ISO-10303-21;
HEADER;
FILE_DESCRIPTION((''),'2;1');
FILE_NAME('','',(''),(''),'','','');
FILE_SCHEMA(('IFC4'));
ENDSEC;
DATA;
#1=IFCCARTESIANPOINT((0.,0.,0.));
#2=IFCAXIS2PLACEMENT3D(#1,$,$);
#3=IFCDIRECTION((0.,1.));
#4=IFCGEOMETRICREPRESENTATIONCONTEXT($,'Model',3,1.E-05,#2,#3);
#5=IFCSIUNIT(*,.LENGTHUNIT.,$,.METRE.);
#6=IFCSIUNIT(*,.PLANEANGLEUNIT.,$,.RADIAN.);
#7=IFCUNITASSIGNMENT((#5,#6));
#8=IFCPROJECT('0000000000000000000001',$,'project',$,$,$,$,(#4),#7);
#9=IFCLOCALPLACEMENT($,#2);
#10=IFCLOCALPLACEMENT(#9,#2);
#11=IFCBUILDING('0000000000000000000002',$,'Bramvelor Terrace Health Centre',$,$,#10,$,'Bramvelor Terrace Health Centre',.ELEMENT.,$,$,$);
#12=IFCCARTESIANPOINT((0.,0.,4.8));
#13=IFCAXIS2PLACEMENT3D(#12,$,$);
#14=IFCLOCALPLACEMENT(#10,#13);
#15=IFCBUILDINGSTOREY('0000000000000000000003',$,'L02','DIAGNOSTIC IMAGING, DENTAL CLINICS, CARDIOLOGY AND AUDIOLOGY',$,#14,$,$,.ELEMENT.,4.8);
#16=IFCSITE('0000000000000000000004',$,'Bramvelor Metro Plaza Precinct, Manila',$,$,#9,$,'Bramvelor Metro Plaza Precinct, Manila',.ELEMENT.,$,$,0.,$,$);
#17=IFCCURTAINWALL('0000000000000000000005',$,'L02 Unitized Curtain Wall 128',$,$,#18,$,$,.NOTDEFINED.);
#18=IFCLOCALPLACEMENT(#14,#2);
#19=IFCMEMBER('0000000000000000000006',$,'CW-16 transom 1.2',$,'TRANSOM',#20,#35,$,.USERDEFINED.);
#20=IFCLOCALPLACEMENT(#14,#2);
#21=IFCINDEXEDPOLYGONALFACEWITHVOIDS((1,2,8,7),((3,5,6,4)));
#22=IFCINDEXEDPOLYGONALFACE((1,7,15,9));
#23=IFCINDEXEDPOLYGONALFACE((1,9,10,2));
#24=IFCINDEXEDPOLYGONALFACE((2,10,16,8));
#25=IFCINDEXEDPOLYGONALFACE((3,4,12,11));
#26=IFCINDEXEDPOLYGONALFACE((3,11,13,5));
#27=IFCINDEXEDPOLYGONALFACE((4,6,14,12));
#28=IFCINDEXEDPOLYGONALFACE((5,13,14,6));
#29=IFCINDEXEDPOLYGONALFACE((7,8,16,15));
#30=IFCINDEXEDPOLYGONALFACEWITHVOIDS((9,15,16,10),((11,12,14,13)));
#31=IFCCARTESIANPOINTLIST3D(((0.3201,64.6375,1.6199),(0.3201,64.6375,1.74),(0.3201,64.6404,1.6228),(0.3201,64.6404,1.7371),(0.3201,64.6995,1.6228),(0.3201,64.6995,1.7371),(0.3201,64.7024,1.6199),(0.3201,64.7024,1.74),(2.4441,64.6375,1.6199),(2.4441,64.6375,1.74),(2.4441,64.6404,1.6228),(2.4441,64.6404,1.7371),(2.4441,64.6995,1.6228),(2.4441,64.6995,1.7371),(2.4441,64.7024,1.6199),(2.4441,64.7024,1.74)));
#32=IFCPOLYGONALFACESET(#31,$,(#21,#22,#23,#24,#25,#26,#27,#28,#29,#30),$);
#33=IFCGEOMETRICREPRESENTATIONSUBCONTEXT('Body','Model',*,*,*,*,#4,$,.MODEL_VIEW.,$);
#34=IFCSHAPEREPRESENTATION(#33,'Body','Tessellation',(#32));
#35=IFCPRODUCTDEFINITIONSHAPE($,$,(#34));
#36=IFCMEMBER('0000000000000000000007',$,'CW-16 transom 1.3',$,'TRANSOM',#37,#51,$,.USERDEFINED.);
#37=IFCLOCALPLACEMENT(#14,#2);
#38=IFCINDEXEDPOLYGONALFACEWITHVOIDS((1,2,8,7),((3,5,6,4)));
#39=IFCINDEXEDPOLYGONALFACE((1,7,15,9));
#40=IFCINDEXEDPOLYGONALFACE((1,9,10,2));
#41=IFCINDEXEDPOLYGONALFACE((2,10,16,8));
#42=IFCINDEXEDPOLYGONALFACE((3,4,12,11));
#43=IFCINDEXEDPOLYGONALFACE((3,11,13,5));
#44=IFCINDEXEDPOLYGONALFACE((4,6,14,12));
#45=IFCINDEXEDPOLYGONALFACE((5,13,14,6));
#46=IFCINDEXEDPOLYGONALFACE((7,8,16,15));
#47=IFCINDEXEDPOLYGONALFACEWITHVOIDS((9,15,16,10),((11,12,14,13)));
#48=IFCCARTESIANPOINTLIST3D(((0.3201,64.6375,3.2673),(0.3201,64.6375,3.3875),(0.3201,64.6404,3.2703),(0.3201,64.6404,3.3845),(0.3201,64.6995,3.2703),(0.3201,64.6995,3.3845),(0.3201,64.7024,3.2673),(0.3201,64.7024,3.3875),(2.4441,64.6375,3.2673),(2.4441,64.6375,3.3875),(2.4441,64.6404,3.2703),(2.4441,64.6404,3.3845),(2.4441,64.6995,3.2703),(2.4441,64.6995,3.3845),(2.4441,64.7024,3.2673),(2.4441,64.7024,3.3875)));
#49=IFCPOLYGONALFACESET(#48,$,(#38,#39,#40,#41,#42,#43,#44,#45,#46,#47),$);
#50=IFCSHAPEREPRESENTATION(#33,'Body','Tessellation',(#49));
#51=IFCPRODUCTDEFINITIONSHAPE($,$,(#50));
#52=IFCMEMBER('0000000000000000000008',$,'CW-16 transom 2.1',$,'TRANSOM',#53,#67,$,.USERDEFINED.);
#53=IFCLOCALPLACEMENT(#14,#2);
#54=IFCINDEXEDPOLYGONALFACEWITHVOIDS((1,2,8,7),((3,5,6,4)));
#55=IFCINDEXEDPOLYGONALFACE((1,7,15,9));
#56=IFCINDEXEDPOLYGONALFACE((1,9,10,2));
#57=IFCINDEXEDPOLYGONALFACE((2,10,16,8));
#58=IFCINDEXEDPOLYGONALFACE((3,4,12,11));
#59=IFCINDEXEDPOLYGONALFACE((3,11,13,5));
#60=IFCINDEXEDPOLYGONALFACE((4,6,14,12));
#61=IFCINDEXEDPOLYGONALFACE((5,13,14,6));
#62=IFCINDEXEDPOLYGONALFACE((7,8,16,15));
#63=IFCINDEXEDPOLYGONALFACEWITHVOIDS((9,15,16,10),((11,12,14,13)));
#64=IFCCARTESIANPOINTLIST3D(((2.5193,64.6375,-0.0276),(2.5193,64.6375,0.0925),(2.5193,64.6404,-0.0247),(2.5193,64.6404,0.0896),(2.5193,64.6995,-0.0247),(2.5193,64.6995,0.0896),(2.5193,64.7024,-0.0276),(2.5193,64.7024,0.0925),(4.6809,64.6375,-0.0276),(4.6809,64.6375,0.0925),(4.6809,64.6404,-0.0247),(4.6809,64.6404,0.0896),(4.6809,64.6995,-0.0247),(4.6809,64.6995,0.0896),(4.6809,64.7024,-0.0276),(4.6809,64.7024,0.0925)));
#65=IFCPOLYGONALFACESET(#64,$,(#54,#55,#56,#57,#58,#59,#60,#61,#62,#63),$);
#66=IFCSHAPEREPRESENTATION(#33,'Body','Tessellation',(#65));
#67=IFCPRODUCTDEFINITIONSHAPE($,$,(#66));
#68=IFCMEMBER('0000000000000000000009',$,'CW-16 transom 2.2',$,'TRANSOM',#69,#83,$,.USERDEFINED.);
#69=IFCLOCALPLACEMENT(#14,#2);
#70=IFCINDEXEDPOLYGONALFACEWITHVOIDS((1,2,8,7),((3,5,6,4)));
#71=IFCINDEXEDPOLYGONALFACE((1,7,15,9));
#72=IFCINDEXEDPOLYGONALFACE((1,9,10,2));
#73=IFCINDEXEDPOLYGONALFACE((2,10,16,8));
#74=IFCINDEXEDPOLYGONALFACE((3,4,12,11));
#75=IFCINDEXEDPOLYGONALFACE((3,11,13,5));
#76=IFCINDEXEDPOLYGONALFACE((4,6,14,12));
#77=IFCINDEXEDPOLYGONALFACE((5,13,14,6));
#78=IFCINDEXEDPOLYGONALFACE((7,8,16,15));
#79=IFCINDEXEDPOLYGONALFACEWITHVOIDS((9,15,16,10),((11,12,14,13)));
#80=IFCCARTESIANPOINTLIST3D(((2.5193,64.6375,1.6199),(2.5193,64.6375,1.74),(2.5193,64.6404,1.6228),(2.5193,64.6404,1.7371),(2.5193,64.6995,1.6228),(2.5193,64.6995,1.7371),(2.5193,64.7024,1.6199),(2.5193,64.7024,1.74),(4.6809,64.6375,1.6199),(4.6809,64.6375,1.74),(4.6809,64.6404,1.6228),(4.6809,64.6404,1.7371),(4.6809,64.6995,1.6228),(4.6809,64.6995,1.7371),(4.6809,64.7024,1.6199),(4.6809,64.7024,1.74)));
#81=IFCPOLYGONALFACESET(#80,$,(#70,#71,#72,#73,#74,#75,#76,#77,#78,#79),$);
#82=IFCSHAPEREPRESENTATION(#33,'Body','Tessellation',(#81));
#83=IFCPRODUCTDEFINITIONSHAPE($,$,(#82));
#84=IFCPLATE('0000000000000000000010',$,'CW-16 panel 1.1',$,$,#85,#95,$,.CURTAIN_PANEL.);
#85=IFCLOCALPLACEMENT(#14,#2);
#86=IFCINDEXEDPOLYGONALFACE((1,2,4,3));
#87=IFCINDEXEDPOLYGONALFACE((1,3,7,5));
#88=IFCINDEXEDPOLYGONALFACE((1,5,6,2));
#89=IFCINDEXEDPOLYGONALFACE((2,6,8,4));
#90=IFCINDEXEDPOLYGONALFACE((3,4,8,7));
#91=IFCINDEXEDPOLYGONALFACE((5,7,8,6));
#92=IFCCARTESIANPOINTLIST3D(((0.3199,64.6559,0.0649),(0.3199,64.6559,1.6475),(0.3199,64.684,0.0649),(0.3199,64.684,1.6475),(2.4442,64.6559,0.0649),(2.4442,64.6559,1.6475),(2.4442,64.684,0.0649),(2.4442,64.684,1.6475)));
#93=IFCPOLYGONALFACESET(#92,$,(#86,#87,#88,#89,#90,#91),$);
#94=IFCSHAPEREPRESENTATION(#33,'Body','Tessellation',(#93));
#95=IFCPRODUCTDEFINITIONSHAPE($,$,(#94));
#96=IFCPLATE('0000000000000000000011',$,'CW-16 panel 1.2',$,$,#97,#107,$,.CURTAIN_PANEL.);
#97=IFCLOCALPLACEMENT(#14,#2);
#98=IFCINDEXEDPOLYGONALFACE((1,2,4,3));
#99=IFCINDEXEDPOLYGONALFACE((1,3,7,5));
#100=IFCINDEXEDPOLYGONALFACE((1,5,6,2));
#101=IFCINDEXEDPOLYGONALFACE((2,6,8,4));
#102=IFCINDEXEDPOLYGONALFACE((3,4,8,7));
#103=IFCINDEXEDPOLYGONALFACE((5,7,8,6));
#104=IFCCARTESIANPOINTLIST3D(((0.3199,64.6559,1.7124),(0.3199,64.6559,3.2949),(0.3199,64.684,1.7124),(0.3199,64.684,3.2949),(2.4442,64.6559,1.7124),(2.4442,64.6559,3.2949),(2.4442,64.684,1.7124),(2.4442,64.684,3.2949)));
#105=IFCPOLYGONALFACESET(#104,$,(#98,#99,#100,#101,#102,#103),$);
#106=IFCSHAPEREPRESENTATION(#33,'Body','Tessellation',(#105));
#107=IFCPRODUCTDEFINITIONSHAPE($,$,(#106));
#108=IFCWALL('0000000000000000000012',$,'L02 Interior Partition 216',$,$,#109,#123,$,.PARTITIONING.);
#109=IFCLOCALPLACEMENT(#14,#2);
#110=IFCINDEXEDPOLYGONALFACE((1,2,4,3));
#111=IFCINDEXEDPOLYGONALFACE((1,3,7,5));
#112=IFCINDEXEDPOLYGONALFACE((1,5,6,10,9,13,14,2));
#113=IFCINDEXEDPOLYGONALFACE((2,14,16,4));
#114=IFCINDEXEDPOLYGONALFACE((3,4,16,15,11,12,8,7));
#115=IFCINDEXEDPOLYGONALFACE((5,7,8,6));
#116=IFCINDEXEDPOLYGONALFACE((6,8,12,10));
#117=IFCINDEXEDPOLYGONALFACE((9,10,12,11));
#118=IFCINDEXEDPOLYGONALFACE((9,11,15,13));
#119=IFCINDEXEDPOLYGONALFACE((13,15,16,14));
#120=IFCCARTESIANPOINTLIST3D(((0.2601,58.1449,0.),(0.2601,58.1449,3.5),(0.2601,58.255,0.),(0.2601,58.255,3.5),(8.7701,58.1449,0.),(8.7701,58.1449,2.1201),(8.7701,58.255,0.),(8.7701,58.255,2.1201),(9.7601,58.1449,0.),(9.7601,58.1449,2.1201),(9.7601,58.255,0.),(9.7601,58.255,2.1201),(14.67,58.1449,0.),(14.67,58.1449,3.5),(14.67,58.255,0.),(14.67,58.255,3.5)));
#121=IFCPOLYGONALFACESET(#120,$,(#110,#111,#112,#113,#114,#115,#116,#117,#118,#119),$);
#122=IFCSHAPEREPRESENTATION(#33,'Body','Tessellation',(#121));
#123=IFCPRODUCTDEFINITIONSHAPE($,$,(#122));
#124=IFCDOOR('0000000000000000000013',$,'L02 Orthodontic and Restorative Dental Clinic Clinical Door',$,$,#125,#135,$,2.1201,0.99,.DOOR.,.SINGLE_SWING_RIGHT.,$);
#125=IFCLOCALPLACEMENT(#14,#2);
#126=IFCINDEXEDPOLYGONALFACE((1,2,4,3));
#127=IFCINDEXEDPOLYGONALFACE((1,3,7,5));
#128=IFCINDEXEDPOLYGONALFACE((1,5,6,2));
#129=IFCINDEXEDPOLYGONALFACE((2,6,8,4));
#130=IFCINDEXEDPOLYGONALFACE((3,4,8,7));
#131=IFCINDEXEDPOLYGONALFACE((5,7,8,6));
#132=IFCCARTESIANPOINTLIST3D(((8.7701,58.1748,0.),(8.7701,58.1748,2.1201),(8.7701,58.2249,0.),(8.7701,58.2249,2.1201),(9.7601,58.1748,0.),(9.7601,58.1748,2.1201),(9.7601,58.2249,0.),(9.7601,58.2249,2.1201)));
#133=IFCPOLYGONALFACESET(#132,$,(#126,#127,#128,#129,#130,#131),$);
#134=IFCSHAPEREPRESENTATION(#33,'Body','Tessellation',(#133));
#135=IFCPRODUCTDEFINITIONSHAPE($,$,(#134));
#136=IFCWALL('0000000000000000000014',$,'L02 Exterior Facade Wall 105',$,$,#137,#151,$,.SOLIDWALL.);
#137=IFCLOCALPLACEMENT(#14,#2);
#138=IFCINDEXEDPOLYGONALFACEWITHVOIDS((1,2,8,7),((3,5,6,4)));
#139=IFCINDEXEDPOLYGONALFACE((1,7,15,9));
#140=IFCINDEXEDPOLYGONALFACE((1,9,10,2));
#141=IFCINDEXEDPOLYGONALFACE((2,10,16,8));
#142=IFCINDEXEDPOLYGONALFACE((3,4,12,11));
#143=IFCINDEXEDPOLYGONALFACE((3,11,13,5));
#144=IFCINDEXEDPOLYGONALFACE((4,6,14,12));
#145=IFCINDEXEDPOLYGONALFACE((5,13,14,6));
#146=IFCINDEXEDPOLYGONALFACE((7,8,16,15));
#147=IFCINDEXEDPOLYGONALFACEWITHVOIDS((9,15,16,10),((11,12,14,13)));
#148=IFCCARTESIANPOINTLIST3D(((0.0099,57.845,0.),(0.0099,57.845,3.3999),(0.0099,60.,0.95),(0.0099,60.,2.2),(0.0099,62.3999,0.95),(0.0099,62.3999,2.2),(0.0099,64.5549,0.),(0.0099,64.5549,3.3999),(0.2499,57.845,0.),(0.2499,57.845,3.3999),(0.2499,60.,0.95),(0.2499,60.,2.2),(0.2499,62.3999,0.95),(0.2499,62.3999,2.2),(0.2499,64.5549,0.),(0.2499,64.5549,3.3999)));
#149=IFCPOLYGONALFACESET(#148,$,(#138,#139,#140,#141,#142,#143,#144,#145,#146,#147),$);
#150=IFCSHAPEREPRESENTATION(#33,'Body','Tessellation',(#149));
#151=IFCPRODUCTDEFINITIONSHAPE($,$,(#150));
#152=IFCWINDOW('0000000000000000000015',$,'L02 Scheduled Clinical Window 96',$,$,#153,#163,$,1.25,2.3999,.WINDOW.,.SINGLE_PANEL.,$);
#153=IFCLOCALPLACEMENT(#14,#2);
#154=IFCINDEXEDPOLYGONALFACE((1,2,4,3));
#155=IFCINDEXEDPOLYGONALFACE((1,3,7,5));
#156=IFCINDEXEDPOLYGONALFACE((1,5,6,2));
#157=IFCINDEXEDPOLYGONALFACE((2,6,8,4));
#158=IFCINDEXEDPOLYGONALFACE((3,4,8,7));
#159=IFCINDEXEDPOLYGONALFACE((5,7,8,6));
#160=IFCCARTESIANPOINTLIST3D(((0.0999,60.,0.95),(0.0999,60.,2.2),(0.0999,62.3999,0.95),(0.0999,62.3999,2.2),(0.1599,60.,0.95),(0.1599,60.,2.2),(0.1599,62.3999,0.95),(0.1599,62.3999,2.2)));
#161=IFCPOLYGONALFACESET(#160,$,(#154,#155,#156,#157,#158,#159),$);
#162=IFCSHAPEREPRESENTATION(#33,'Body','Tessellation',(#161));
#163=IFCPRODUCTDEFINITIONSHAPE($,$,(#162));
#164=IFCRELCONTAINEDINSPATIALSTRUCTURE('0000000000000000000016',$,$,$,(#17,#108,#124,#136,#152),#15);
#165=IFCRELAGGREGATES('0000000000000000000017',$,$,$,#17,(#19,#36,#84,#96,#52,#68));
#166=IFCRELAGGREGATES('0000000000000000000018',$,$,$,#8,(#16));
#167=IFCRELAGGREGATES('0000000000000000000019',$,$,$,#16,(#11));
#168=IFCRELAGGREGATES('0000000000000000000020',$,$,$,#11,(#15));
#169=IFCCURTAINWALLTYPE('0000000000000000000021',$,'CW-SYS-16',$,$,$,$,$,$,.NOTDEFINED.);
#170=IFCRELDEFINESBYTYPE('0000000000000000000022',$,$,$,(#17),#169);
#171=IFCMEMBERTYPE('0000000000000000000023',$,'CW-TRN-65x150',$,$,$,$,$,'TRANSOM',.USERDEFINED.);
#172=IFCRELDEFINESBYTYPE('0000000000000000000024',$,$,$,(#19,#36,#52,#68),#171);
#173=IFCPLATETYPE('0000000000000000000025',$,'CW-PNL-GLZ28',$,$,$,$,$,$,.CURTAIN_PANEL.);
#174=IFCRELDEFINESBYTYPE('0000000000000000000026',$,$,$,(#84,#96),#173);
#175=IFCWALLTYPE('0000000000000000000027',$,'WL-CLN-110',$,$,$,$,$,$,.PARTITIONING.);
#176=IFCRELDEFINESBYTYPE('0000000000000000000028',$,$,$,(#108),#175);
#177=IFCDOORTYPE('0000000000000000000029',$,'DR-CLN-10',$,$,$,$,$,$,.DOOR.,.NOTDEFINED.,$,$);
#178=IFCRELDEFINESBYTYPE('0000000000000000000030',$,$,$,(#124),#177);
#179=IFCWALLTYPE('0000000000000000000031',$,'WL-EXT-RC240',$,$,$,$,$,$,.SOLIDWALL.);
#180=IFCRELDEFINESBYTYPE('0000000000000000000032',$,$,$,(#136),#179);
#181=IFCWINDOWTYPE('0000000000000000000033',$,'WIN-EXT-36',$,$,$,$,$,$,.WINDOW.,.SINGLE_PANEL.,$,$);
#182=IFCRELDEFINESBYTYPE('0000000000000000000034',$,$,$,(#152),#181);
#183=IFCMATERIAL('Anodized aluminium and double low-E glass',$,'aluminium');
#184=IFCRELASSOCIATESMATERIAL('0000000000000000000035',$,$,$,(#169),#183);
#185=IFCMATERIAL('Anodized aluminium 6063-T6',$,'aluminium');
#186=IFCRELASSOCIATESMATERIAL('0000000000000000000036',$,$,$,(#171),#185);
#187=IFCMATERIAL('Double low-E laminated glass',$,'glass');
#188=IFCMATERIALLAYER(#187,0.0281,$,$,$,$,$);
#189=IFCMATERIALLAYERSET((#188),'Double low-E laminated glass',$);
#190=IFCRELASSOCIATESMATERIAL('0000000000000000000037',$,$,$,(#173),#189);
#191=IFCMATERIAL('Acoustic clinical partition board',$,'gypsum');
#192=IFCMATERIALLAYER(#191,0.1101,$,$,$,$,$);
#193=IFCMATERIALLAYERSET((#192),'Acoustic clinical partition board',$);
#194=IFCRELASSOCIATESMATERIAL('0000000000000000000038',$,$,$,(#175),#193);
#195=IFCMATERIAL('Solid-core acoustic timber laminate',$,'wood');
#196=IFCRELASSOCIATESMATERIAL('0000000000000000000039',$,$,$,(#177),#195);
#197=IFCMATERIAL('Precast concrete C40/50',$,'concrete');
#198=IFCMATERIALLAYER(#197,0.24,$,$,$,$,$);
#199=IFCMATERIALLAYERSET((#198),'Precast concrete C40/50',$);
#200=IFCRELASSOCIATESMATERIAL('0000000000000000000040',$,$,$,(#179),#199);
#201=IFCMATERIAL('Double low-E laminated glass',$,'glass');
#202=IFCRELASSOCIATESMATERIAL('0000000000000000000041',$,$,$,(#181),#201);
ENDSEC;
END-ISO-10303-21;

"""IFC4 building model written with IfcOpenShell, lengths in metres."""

from ifc_helpers import new_model, si_unit, direction, frame, frame_2d, origin, origin_2d, place, context, subcontext, project, spatial, rectangle, hollow_rectangle, extrude, material, layer, layer_set, material_profile, profile_set, type_object, element, fill, aggregate, save


model = new_model("IFC4")

# Units and contexts
model_context = context("Model", 3, precision=1e-05, world=origin(), true_north=direction((0.0, 1.0)))
body_context = subcontext(model_context, "Body", "Model", "MODEL_VIEW")
ifc_project = project(units=[si_unit("LENGTHUNIT", "METRE"), si_unit("PLANEANGLEUNIT", "RADIAN")], contexts=[model_context])

# Site, building, storey
site_placement = place(None, origin())
site = spatial("IfcSite", under=ifc_project, at=site_placement, Name="Bramvelor Metro Plaza Precinct, Manila", LongName="Bramvelor Metro Plaza Precinct, Manila", CompositionType="ELEMENT", RefElevation=0.0)
building_placement = place(site_placement, origin())
building = spatial("IfcBuilding", under=site, at=building_placement, Name="Bramvelor Terrace Health Centre", LongName="Bramvelor Terrace Health Centre", CompositionType="ELEMENT")
storey_placement = place(building_placement, frame((0.0, 0.0, 4.8)))
storey = spatial("IfcBuildingStorey", under=building, at=storey_placement, Name="L02", Description="DIAGNOSTIC IMAGING, DENTAL CLINICS, CARDIOLOGY AND AUDIOLOGY", CompositionType="ELEMENT", Elevation=4.8)

# Curtain wall, members, plates
ifc_material_1 = material(Name="Anodized aluminium and double low-E glass", Category="aluminium")
curtain_wall_type = type_object("IfcCurtainWallType", Name="CW-SYS-16", PredefinedType="NOTDEFINED", material=ifc_material_1)
curtain_wall_placement = place(storey_placement, origin())
curtain_wall = element("IfcCurtainWall", 1, at=curtain_wall_placement, inside=storey, type_object=curtain_wall_type, Name="L02 Unitized Curtain Wall 128", PredefinedType="NOTDEFINED")
ifc_material_2 = material(Name="Anodized aluminium 6063-T6", Category="aluminium")
ifc_material_profile_1 = material_profile(ifc_material_2, hollow_rectangle(XDim=0.0649, YDim=0.1201, WallThickness=0.0029, at=origin_2d()), Name="ALU-TRN 65x120x3.0")
ifc_profile_set_1 = profile_set([ifc_material_profile_1], Name="Anodized aluminium 6063-T6")
member_type_1 = type_object("IfcMemberType", Name="CW-TRN-65x150", ElementType="TRANSOM", PredefinedType="USERDEFINED", material=ifc_profile_set_1)
member_1_placement = place(storey_placement, frame((0.3201, 64.6699, 1.6799), z_axis=(1.0, 0.0, 0.0), x_axis=(0.0, 1.0, 0.0)))
member_1 = element("IfcMember", 2, at=member_1_placement, type_object=member_type_1, Name="CW-16 transom 1.2", ObjectType="TRANSOM", PredefinedType="USERDEFINED", context=body_context, shape_type="SweptSolid", body=[
    extrude(hollow_rectangle(XDim=0.0649, YDim=0.1201, WallThickness=0.0029, at=origin_2d()), origin(), (0.0, 0.0, 1.0), 2.124),
])
member_2_placement = place(storey_placement, frame((0.3201, 64.6699, 3.3274), z_axis=(1.0, 0.0, 0.0), x_axis=(0.0, 1.0, 0.0)))
member_2 = element("IfcMember", 3, at=member_2_placement, type_object=member_type_1, Name="CW-16 transom 1.3", ObjectType="TRANSOM", PredefinedType="USERDEFINED", context=body_context, shape_type="SweptSolid", body=[
    extrude(hollow_rectangle(XDim=0.0649, YDim=0.1201, WallThickness=0.0029, at=origin_2d()), origin(), (0.0, 0.0, 1.0), 2.124),
])
member_3_placement = place(storey_placement, frame((2.5193, 64.6699, 0.0325), z_axis=(1.0, 0.0, 0.0), x_axis=(0.0, 1.0, 0.0)))
member_3 = element("IfcMember", 4, at=member_3_placement, type_object=member_type_1, Name="CW-16 transom 2.1", ObjectType="TRANSOM", PredefinedType="USERDEFINED", context=body_context, shape_type="SweptSolid", body=[
    extrude(hollow_rectangle(XDim=0.0649, YDim=0.1201, WallThickness=0.0029, at=origin_2d()), origin(), (0.0, 0.0, 1.0), 2.1616),
])
member_4_placement = place(storey_placement, frame((2.5193, 64.6699, 1.6799), z_axis=(1.0, 0.0, 0.0), x_axis=(0.0, 1.0, 0.0)))
member_4 = element("IfcMember", 5, at=member_4_placement, type_object=member_type_1, Name="CW-16 transom 2.2", ObjectType="TRANSOM", PredefinedType="USERDEFINED", context=body_context, shape_type="SweptSolid", body=[
    extrude(hollow_rectangle(XDim=0.0649, YDim=0.1201, WallThickness=0.0029, at=origin_2d()), origin(), (0.0, 0.0, 1.0), 2.1616),
])
ifc_material_3 = material(Name="Double low-E laminated glass", Category="glass")
ifc_layer_1 = layer(ifc_material_3, 0.0281)
ifc_layer_set_1 = layer_set([ifc_layer_1], Name="Double low-E laminated glass")
plate_type = type_object("IfcPlateType", Name="CW-PNL-GLZ28", PredefinedType="CURTAIN_PANEL", material=ifc_layer_set_1)
plate_1_placement = place(storey_placement, frame((1.3821, 64.6699, 0.0649), z_axis=(0.0, 0.0, 1.0), x_axis=(1.0, 0.0, 0.0)))
plate_1 = element("IfcPlate", 6, at=plate_1_placement, type_object=plate_type, Name="CW-16 panel 1.1", PredefinedType="CURTAIN_PANEL", context=body_context, shape_type="SweptSolid", body=[
    extrude(rectangle(XDim=2.1243, YDim=0.0281, at=origin_2d()), origin(), (0.0, 0.0, 1.0), 1.5825),
])
plate_2_placement = place(storey_placement, frame((1.3821, 64.6699, 1.7124), z_axis=(0.0, 0.0, 1.0), x_axis=(1.0, 0.0, 0.0)))
plate_2 = element("IfcPlate", 7, at=plate_2_placement, type_object=plate_type, Name="CW-16 panel 1.2", PredefinedType="CURTAIN_PANEL", context=body_context, shape_type="SweptSolid", body=[
    extrude(rectangle(XDim=2.1243, YDim=0.0281, at=origin_2d()), origin(), (0.0, 0.0, 1.0), 1.5825),
])
aggregate(curtain_wall, [member_1, member_2, plate_1, plate_2, member_3, member_4])

# Wall, opening, door
ifc_material_4 = material(Name="Acoustic clinical partition board", Category="gypsum")
ifc_layer_2 = layer(ifc_material_4, 0.1101)
ifc_layer_set_2 = layer_set([ifc_layer_2], Name="Acoustic clinical partition board")
wall_type_1 = type_object("IfcWallType", Name="WL-CLN-110", PredefinedType="PARTITIONING", material=ifc_layer_set_2)
wall_1_placement = place(storey_placement, frame((0.26, 58.2, 0.0), z_axis=(0.0, 0.0, 1.0), x_axis=(1.0, 0.0, 0.0)))
wall_1 = element("IfcWall", 8, at=wall_1_placement, inside=storey, type_object=wall_type_1, Name="L02 Interior Partition 216", PredefinedType="PARTITIONING", context=body_context, shape_type="SweptSolid", body=[
    extrude(rectangle(XDim=14.4099, YDim=0.1101, at=frame_2d((7.2051, 0.0))), origin(), (0.0, 0.0, 1.0), 3.5),
])
opening_1_placement = place(wall_1_placement, frame((8.51, 0.0, 0.0)))
opening_1 = element("IfcOpeningElement", 9, at=opening_1_placement, cuts=wall_1, PredefinedType="OPENING", context=body_context, shape_type="SweptSolid", body=[
    extrude(rectangle(XDim=0.99, YDim=2.1201, at=frame_2d((0.4951, 1.0601))), frame((0.0, 0.0649, 0.0), z_axis=(0.0, -1.0, 0.0), x_axis=(1.0, 0.0, 0.0)), (0.0, 0.0, 1.0), 0.1301),
])
ifc_material_5 = material(Name="Solid-core acoustic timber laminate", Category="wood")
door_type = type_object("IfcDoorType", Name="DR-CLN-10", OperationType="NOTDEFINED", PredefinedType="DOOR", material=ifc_material_5)
door_placement = place(opening_1_placement, origin())
door = element("IfcDoor", 10, at=door_placement, inside=storey, type_object=door_type, Name="L02 Orthodontic and Restorative Dental Clinic Clinical Door", OperationType="SINGLE_SWING_RIGHT", OverallHeight=2.1201, OverallWidth=0.99, PredefinedType="DOOR", context=body_context, shape_type="SweptSolid", body=[
    extrude(rectangle(XDim=0.99, YDim=2.1201, at=frame_2d((0.4951, 1.0601))), frame((0.0, 0.0249, 0.0), z_axis=(0.0, -1.0, 0.0), x_axis=(1.0, 0.0, 0.0)), (0.0, 0.0, 1.0), 0.05),
])
fill(opening_1, door)

# Wall, opening, window
ifc_material_6 = material(Name="Precast concrete C40/50", Category="concrete")
ifc_layer_3 = layer(ifc_material_6, 0.24)
ifc_layer_set_3 = layer_set([ifc_layer_3], Name="Precast concrete C40/50")
wall_type_2 = type_object("IfcWallType", Name="WL-EXT-RC240", PredefinedType="SOLIDWALL", material=ifc_layer_set_3)
wall_2_placement = place(storey_placement, frame((0.1299, 57.845, 0.0), z_axis=(0.0, 0.0, 1.0), x_axis=(0.0, 1.0, 0.0)))
wall_2 = element("IfcWall", 11, at=wall_2_placement, inside=storey, type_object=wall_type_2, Name="L02 Exterior Facade Wall 105", PredefinedType="SOLIDWALL", context=body_context, shape_type="SweptSolid", body=[
    extrude(rectangle(XDim=6.71, YDim=0.24, at=frame_2d((3.355, 0.0))), origin(), (0.0, 0.0, 1.0), 3.3999),
])
opening_2_placement = place(wall_2_placement, frame((2.155, 0.0, 0.95)))
opening_2 = element("IfcOpeningElement", 12, at=opening_2_placement, cuts=wall_2, PredefinedType="OPENING", context=body_context, shape_type="SweptSolid", body=[
    extrude(rectangle(XDim=2.3999, YDim=1.25, at=frame_2d((1.2, 0.625))), frame((0.0, 0.1299, 0.0), z_axis=(0.0, -1.0, 0.0), x_axis=(1.0, 0.0, 0.0)), (0.0, 0.0, 1.0), 0.26),
])
ifc_material_7 = material(Name="Double low-E laminated glass", Category="glass")
window_type = type_object("IfcWindowType", Name="WIN-EXT-36", PartitioningType="SINGLE_PANEL", PredefinedType="WINDOW", material=ifc_material_7)
window_placement = place(opening_2_placement, origin())
window = element("IfcWindow", 13, at=window_placement, inside=storey, type_object=window_type, Name="L02 Scheduled Clinical Window 96", OverallHeight=1.25, OverallWidth=2.3999, PartitioningType="SINGLE_PANEL", PredefinedType="WINDOW", context=body_context, shape_type="SweptSolid", body=[
    extrude(rectangle(XDim=2.3999, YDim=1.25, at=frame_2d((1.2, 0.625))), frame((0.0, 0.03, 0.0), z_axis=(0.0, -1.0, 0.0), x_axis=(1.0, 0.0, 0.0)), (0.0, 0.0, 1.0), 0.0601),
])
fill(opening_2, window)

save(model, "model.ifc")
